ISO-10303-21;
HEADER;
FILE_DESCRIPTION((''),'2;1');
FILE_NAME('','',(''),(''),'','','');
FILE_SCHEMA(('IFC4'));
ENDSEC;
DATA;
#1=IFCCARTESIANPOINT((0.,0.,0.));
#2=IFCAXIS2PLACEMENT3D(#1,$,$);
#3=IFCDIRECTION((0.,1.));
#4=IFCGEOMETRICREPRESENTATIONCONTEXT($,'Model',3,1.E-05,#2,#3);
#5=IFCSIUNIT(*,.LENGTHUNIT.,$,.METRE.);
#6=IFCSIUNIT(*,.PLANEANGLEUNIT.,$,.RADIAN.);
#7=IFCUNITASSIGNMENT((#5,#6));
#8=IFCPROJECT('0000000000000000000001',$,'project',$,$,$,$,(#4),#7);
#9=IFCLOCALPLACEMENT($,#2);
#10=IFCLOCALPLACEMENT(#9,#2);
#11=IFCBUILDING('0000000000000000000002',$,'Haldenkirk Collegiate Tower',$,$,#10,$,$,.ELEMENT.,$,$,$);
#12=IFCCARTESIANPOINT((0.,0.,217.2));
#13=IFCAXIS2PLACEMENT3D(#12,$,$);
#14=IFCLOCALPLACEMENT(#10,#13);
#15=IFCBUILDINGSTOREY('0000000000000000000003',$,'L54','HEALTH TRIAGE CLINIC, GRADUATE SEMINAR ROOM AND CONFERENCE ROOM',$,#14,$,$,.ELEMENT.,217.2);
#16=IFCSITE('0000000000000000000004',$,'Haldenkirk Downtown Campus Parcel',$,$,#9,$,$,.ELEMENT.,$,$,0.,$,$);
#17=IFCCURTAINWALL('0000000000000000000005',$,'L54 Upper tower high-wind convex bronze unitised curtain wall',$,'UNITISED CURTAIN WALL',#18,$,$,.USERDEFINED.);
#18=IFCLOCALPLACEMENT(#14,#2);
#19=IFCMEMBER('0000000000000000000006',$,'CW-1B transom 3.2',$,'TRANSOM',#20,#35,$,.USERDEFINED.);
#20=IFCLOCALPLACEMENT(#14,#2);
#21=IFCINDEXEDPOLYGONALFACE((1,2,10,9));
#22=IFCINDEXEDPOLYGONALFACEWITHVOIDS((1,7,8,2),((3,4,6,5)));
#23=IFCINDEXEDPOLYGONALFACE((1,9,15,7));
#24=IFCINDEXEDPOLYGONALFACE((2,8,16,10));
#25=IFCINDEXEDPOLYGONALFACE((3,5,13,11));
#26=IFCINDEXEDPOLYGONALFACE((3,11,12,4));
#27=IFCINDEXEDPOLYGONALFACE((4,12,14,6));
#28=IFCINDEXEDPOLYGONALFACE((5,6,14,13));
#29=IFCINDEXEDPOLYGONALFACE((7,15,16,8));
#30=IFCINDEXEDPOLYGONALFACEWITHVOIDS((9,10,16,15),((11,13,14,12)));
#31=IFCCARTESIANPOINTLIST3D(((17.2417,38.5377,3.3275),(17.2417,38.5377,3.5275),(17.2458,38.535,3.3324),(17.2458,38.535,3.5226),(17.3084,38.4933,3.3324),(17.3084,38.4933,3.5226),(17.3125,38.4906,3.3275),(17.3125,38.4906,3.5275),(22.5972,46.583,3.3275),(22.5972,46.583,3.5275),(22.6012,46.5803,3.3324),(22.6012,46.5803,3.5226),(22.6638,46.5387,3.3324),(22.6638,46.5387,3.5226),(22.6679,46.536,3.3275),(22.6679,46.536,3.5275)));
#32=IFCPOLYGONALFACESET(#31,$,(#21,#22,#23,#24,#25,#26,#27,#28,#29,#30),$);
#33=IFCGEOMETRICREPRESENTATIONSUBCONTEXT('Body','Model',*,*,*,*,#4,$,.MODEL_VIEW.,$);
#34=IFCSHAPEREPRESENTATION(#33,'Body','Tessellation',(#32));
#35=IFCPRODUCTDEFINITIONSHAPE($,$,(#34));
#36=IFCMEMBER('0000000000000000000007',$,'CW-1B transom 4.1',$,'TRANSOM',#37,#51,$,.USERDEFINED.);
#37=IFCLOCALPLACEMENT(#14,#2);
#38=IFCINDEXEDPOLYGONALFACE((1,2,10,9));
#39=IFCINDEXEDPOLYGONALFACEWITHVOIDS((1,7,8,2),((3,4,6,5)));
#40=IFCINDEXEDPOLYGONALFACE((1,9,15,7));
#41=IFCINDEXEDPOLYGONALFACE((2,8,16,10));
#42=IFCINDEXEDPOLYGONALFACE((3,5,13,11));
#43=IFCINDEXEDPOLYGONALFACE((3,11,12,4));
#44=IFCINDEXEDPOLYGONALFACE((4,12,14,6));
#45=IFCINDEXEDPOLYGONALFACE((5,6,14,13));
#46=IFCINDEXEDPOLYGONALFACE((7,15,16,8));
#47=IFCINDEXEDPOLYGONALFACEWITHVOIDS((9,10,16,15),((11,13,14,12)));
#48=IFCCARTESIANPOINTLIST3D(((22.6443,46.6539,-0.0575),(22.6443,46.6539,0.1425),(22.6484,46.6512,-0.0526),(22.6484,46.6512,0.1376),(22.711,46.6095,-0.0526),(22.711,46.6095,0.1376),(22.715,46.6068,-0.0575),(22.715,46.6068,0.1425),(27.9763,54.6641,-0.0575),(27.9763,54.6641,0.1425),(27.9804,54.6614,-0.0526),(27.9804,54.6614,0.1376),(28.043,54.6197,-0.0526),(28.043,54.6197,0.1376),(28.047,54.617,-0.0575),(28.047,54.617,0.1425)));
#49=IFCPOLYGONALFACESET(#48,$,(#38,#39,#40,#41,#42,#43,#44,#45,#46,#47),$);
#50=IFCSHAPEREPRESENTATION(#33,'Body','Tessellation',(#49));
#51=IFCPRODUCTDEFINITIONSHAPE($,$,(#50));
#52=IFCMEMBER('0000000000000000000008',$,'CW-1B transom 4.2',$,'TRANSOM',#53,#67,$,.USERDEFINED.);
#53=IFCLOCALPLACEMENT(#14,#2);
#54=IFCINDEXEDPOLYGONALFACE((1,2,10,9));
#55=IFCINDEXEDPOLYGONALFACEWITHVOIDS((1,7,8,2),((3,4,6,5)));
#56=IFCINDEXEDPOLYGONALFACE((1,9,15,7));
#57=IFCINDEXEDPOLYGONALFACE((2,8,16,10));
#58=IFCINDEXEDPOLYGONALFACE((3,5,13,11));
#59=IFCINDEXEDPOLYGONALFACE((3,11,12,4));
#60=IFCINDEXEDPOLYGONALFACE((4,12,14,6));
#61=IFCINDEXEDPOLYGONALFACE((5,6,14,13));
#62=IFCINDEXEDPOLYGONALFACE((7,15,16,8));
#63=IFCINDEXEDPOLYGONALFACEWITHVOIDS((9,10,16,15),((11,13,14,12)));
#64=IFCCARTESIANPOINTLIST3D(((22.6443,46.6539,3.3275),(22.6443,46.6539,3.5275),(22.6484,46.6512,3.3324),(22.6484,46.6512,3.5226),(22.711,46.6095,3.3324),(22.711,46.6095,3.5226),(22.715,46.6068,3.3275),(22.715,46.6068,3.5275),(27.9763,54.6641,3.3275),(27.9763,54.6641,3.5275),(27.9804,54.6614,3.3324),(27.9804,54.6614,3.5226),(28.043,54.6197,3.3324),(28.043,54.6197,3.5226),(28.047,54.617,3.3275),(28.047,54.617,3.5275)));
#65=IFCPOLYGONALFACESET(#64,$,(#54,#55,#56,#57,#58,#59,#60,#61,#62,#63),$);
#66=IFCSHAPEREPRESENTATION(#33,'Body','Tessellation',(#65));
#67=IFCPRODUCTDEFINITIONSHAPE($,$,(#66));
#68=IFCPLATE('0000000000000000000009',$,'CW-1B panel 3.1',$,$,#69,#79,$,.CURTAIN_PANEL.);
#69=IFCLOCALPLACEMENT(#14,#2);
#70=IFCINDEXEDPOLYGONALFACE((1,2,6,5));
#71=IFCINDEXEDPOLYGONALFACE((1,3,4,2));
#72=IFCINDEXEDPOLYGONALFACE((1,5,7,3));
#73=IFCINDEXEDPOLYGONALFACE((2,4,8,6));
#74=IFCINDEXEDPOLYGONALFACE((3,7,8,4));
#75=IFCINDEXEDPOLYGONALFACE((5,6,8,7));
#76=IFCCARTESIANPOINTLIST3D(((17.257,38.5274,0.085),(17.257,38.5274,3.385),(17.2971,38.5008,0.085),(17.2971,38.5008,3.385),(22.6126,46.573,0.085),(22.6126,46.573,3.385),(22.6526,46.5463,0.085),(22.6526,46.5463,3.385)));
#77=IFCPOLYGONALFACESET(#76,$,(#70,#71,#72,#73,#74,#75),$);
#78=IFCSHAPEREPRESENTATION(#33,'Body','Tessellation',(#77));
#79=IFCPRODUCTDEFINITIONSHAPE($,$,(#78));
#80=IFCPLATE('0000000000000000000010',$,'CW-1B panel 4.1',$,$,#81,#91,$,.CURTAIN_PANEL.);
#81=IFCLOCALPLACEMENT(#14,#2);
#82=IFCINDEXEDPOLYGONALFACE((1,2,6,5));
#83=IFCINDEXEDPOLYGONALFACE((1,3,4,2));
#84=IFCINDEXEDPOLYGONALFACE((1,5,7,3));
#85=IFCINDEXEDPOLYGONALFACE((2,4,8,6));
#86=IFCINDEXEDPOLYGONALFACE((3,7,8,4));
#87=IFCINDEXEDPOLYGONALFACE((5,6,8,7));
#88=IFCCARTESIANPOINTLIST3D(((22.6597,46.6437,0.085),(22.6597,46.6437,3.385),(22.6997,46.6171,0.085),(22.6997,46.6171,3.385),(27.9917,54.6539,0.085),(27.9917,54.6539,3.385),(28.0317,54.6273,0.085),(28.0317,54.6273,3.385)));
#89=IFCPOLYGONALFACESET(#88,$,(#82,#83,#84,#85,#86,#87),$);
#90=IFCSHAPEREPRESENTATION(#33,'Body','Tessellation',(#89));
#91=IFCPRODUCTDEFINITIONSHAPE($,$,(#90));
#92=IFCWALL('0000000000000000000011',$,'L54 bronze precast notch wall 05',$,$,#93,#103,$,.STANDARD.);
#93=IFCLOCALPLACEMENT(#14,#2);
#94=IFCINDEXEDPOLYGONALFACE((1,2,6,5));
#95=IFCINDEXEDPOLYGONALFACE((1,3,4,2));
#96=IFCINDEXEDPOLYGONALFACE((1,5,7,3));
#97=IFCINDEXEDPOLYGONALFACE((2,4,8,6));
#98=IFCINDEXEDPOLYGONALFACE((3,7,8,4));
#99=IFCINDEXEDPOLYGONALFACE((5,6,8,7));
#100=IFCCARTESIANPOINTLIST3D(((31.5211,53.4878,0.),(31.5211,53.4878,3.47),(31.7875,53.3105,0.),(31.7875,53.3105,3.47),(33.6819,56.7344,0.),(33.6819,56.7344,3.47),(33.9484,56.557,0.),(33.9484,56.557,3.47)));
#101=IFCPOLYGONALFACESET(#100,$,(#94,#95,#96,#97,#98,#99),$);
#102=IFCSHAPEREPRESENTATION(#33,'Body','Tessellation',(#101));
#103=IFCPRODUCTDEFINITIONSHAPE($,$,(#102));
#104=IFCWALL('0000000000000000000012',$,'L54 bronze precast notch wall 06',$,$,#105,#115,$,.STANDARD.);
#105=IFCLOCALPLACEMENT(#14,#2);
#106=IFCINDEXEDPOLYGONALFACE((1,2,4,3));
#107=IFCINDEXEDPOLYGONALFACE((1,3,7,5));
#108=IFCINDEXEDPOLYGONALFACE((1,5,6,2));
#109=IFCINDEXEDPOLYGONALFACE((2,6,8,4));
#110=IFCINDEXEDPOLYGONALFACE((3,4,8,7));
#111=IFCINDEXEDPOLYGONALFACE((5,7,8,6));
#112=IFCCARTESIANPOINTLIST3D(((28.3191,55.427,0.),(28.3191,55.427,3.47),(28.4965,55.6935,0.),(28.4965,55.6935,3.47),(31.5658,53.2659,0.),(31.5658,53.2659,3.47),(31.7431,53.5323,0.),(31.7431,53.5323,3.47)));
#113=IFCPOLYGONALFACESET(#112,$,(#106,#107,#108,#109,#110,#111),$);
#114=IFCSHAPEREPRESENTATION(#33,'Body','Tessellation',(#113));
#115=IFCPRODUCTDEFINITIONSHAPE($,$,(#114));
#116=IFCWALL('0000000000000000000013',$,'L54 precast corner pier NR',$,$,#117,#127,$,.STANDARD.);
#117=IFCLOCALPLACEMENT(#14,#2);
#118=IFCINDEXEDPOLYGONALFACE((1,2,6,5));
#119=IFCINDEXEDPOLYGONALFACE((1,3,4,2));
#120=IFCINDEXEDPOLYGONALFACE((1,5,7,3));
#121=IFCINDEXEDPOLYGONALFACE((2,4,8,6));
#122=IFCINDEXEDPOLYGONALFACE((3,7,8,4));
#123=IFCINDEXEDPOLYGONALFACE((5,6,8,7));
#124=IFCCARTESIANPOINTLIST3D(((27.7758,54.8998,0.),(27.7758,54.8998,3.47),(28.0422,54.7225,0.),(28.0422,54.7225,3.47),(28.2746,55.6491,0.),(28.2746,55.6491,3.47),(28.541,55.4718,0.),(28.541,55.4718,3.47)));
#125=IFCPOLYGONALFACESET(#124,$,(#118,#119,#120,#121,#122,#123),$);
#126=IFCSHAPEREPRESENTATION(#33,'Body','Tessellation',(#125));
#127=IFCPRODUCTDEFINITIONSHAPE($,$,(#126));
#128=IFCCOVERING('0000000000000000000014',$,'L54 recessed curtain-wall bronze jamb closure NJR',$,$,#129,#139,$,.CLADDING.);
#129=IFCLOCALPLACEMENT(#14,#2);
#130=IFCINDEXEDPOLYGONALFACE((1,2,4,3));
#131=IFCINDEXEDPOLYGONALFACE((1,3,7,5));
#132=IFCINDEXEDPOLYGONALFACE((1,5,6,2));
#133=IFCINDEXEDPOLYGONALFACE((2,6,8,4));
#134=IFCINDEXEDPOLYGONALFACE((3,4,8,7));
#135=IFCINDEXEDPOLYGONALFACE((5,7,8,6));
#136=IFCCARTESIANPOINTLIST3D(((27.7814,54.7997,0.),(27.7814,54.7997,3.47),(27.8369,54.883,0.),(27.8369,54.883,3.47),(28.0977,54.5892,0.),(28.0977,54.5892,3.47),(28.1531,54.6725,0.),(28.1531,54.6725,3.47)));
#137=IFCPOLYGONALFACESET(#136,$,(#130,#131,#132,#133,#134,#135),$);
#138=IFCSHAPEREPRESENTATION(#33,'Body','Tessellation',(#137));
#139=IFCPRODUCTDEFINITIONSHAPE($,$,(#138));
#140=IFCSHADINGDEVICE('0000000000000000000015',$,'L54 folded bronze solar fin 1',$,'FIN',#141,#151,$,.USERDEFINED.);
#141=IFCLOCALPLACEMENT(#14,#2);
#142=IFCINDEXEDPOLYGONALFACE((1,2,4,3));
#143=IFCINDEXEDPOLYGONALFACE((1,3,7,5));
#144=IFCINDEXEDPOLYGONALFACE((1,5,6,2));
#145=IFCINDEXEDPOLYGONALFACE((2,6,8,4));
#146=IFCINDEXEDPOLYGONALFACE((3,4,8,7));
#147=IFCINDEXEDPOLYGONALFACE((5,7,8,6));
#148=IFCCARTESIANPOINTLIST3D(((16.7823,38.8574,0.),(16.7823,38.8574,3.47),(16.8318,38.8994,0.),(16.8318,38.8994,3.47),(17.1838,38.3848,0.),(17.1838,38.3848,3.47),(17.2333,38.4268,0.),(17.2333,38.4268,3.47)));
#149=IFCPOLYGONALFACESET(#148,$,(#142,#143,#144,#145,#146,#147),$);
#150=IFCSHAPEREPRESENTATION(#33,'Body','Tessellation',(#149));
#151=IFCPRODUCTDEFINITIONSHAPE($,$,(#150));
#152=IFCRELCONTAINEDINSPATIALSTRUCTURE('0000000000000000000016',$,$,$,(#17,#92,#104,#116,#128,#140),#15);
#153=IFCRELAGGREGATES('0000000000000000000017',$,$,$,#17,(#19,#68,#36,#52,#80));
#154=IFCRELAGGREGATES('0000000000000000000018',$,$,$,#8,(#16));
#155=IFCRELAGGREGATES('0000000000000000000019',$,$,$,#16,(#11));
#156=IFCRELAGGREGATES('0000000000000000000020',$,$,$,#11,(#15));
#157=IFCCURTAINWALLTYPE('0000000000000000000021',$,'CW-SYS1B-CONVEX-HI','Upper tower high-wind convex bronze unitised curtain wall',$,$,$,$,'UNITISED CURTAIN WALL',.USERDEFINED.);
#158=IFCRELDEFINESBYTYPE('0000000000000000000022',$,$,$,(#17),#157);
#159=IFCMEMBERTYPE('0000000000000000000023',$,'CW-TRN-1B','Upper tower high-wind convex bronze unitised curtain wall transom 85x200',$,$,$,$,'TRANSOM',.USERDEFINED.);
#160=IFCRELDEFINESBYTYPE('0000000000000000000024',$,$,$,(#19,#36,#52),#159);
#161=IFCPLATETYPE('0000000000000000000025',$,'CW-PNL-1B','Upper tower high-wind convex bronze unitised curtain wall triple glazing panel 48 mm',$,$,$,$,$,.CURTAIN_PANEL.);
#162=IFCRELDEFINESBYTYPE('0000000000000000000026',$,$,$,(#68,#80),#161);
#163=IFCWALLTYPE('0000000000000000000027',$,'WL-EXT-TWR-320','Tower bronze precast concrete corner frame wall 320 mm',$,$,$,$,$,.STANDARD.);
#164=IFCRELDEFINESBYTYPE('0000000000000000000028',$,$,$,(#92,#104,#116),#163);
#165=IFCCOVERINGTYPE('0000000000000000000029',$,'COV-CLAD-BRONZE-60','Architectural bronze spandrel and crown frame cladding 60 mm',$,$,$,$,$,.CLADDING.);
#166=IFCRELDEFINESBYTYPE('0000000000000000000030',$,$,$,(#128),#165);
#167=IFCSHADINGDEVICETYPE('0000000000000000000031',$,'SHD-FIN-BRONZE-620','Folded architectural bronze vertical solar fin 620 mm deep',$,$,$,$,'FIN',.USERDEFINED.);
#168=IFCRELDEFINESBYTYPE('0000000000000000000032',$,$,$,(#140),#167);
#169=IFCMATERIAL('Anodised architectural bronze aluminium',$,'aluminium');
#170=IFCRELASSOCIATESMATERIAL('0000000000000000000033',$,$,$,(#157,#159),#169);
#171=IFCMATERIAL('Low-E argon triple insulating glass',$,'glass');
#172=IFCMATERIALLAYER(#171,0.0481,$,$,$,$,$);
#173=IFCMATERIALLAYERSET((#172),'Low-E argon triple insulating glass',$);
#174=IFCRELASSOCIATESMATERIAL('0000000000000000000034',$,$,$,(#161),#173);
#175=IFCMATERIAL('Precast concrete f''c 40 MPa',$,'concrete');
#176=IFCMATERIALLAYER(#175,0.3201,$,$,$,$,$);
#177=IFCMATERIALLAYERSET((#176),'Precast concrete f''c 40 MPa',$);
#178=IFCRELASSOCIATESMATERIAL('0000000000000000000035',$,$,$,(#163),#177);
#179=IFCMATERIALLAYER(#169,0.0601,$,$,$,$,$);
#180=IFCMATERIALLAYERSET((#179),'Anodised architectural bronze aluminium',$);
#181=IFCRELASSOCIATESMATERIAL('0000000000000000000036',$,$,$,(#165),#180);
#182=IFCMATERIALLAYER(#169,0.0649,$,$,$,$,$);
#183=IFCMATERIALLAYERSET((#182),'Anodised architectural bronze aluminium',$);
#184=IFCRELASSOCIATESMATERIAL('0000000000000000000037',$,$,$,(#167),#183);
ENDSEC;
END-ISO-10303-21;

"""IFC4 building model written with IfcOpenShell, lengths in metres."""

from ifc_helpers import new_model, si_unit, direction, frame, frame_2d, origin, origin_2d, place, context, subcontext, project, spatial, rectangle, hollow_rectangle, extrude, source, transform, mapped, material, layer, layer_set, material_profile, profile_set, type_object, element, aggregate, save


model = new_model("IFC4")

# Units and contexts
model_context = context("Model", 3, precision=1e-05, world=origin(), true_north=direction((0.0, 1.0)))
body_context = subcontext(model_context, "Body", "Model", "MODEL_VIEW")
ifc_project = project(units=[si_unit("LENGTHUNIT", "METRE"), si_unit("PLANEANGLEUNIT", "RADIAN")], contexts=[model_context])

# Site, building, storey
site_placement = place(None, origin())
site = spatial("IfcSite", under=ifc_project, at=site_placement, Name="Haldenkirk Downtown Campus Parcel", CompositionType="ELEMENT", RefElevation=0.0)
building_placement = place(site_placement, origin())
building = spatial("IfcBuilding", under=site, at=building_placement, Name="Haldenkirk Collegiate Tower", CompositionType="ELEMENT")
storey_placement = place(building_placement, frame((0.0, 0.0, 217.2)))
storey = spatial("IfcBuildingStorey", under=building, at=storey_placement, Name="L54", Description="HEALTH TRIAGE CLINIC, GRADUATE SEMINAR ROOM AND CONFERENCE ROOM", CompositionType="ELEMENT", Elevation=217.2)

# Curtain wall, members, plates
ifc_material_1 = material(Name="Anodised architectural bronze aluminium", Category="aluminium")
curtain_wall_type = type_object("IfcCurtainWallType", Name="CW-SYS1B-CONVEX-HI", Description="Upper tower high-wind convex bronze unitised curtain wall", ElementType="UNITISED CURTAIN WALL", PredefinedType="USERDEFINED", material=ifc_material_1)
curtain_wall_placement = place(storey_placement, origin())
curtain_wall = element("IfcCurtainWall", 1, at=curtain_wall_placement, inside=storey, type_object=curtain_wall_type, Name="L54 Upper tower high-wind convex bronze unitised curtain wall", ObjectType="UNITISED CURTAIN WALL", PredefinedType="USERDEFINED")
ifc_material_profile_1 = material_profile(ifc_material_1, hollow_rectangle(XDim=0.085, YDim=0.2, WallThickness=0.0049, at=origin_2d()), Name="CW-TRN-1B")
ifc_profile_set_1 = profile_set([ifc_material_profile_1], Name="Anodised architectural bronze aluminium")
member_type_1 = type_object("IfcMemberType", Name="CW-TRN-1B", Description="Upper tower high-wind convex bronze unitised curtain wall transom 85x200", ElementType="TRANSOM", PredefinedType="USERDEFINED", material=ifc_profile_set_1)
member_1_placement = place(storey_placement, frame((17.2771, 38.5142, 3.4275), z_axis=(0.554117, 0.832439, 0.0), x_axis=(-0.832439, 0.554117, 0.0)))
member_1 = element("IfcMember", 2, at=member_1_placement, type_object=member_type_1, Name="CW-1B transom 3.2", ObjectType="TRANSOM", PredefinedType="USERDEFINED", context=body_context, shape_type="SweptSolid", body=[
    extrude(hollow_rectangle(XDim=0.085, YDim=0.2, WallThickness=0.0049, at=origin_2d()), origin(), (0.0, 0.0, 1.0), 9.6648),
])
member_2_placement = place(storey_placement, frame((22.6797, 46.6304, 0.0425), z_axis=(0.554115, 0.83244, 0.0), x_axis=(-0.83244, 0.554115, 0.0)))
member_2 = element("IfcMember", 3, at=member_2_placement, type_object=member_type_1, Name="CW-1B transom 4.1", ObjectType="TRANSOM", PredefinedType="USERDEFINED", context=body_context, shape_type="SweptSolid", body=[
    extrude(hollow_rectangle(XDim=0.085, YDim=0.2, WallThickness=0.0049, at=origin_2d()), origin(), (0.0, 0.0, 1.0), 9.6226),
])
member_3_placement = place(storey_placement, frame((22.6797, 46.6304, 3.4275), z_axis=(0.554115, 0.83244, 0.0), x_axis=(-0.83244, 0.554115, 0.0)))
member_3 = element("IfcMember", 4, at=member_3_placement, type_object=member_type_1, Name="CW-1B transom 4.2", ObjectType="TRANSOM", PredefinedType="USERDEFINED", context=body_context, shape_type="SweptSolid", body=[
    extrude(hollow_rectangle(XDim=0.085, YDim=0.2, WallThickness=0.0049, at=origin_2d()), origin(), (0.0, 0.0, 1.0), 9.6226),
])
ifc_material_2 = material(Name="Low-E argon triple insulating glass", Category="glass")
ifc_layer_1 = layer(ifc_material_2, 0.0481)
ifc_layer_set_1 = layer_set([ifc_layer_1], Name="Low-E argon triple insulating glass")
plate_type = type_object("IfcPlateType", Name="CW-PNL-1B", Description="Upper tower high-wind convex bronze unitised curtain wall triple glazing panel 48 mm", PredefinedType="CURTAIN_PANEL", material=ifc_layer_set_1)
shared_shape_1 = source(origin(), body_context, "Body", "SweptSolid", [
    extrude(rectangle(XDim=9.665, YDim=0.0481, at=origin_2d()), origin(), (0.0, 0.0, 1.0), 3.3),
])
plate_1_placement = place(storey_placement, frame((19.9548, 42.5369, 0.085), z_axis=(0.0, 0.0, 1.0), x_axis=(0.55412, 0.832437, 0.0)))
plate_1 = element("IfcPlate", 5, at=plate_1_placement, type_object=plate_type, Name="CW-1B panel 3.1", PredefinedType="CURTAIN_PANEL", context=body_context, shape_type="MappedRepresentation", body=[
    mapped(shared_shape_1, transform((0.0, 0.0, 0.0), x_axis=(1.0, 0.0, 0.0), y_axis=(0.0, 1.0, 0.0), z_axis=(0.0, 0.0, 1.0), scale=1.0)),
])
shared_shape_2 = source(origin(), body_context, "Body", "SweptSolid", [
    extrude(rectangle(XDim=9.6226, YDim=0.0481, at=origin_2d()), origin(), (0.0, 0.0, 1.0), 3.3),
])
plate_2_placement = place(storey_placement, frame((25.3457, 50.6355, 0.085), z_axis=(0.0, 0.0, 1.0), x_axis=(0.55412, 0.832437, 0.0)))
plate_2 = element("IfcPlate", 6, at=plate_2_placement, type_object=plate_type, Name="CW-1B panel 4.1", PredefinedType="CURTAIN_PANEL", context=body_context, shape_type="MappedRepresentation", body=[
    mapped(shared_shape_2, transform((0.0, 0.0, 0.0), x_axis=(1.0, 0.0, 0.0), y_axis=(0.0, 1.0, 0.0), z_axis=(0.0, 0.0, 1.0), scale=1.0)),
])
aggregate(curtain_wall, [member_1, plate_1, member_2, member_3, plate_2])

# Walls
ifc_material_3 = material(Name="Precast concrete f'c 40 MPa", Category="concrete")
ifc_layer_2 = layer(ifc_material_3, 0.3201)
ifc_layer_set_2 = layer_set([ifc_layer_2], Name="Precast concrete f'c 40 MPa")
wall_type = type_object("IfcWallType", Name="WL-EXT-TWR-320", Description="Tower bronze precast concrete corner frame wall 320 mm", PredefinedType="STANDARD", material=ifc_layer_set_2)
wall_1_placement = place(storey_placement, frame((31.6543, 53.3992, 0.0), z_axis=(0.0, 0.0, 1.0), x_axis=(0.554079, 0.832464, 0.0)))
element("IfcWall", 7, at=wall_1_placement, inside=storey, type_object=wall_type, Name="L54 bronze precast notch wall 05", PredefinedType="STANDARD", context=body_context, shape_type="SweptSolid", body=[
    extrude(rectangle(XDim=3.8999, YDim=0.3201, at=frame_2d((1.95, 0.0))), origin(), (0.0, 0.0, 1.0), 3.47),
])
wall_2_placement = place(storey_placement, frame((28.4077, 55.5603, 0.0), z_axis=(0.0, 0.0, 1.0), x_axis=(0.832435, -0.554122, 0.0)))
element("IfcWall", 8, at=wall_2_placement, inside=storey, type_object=wall_type, Name="L54 bronze precast notch wall 06", PredefinedType="STANDARD", context=body_context, shape_type="SweptSolid", body=[
    extrude(rectangle(XDim=3.9001, YDim=0.3201, at=frame_2d((1.9502, 0.0))), origin(), (0.0, 0.0, 1.0), 3.47),
])
wall_3_placement = place(storey_placement, frame((27.9089, 54.811, 0.0), z_axis=(0.0, 0.0, 1.0), x_axis=(0.554137, 0.832426, 0.0)))
element("IfcWall", 9, at=wall_3_placement, inside=storey, type_object=wall_type, Name="L54 precast corner pier NR", PredefinedType="STANDARD", context=body_context, shape_type="SweptSolid", body=[
    extrude(rectangle(XDim=0.9001, YDim=0.3201, at=frame_2d((0.4502, 0.0))), origin(), (0.0, 0.0, 1.0), 3.47),
])

# Covering
ifc_layer_3 = layer(ifc_material_1, 0.0601)
ifc_layer_set_3 = layer_set([ifc_layer_3], Name="Anodised architectural bronze aluminium")
covering_type = type_object("IfcCoveringType", Name="COV-CLAD-BRONZE-60", Description="Architectural bronze spandrel and crown frame cladding 60 mm", PredefinedType="CLADDING", material=ifc_layer_set_3)
shared_shape_3 = source(origin(), body_context, "Body", "SweptSolid", [
    extrude(rectangle(XDim=0.1001, YDim=0.3799, at=origin_2d()), origin(), (0.0, 0.0, 1.0), 3.47),
])
covering_placement = place(storey_placement, frame((27.9673, 54.7361, 0.0), z_axis=(0.0, 0.0, 1.0), x_axis=(0.554118, 0.832438, 0.0)))
element("IfcCovering", 10, at=covering_placement, inside=storey, type_object=covering_type, Name="L54 recessed curtain-wall bronze jamb closure NJR", PredefinedType="CLADDING", context=body_context, shape_type="MappedRepresentation", body=[
    mapped(shared_shape_3, transform((0.0, 0.0, 0.0), x_axis=(1.0, 0.0, 0.0), y_axis=(0.0, 1.0, 0.0), z_axis=(0.0, 0.0, 1.0), scale=1.0)),
])

# Shading device
ifc_layer_4 = layer(ifc_material_1, 0.0649)
ifc_layer_set_4 = layer_set([ifc_layer_4], Name="Anodised architectural bronze aluminium")
shading_device_type = type_object("IfcShadingDeviceType", Name="SHD-FIN-BRONZE-620", Description="Folded architectural bronze vertical solar fin 620 mm deep", ElementType="FIN", PredefinedType="USERDEFINED", material=ifc_layer_set_4)
shared_shape_4 = source(origin(), body_context, "Body", "SweptSolid", [
    extrude(rectangle(XDim=0.6201, YDim=0.0649, at=origin_2d()), origin(), (0.0, 0.0, 1.0), 3.47),
])
shading_device_placement = place(storey_placement, frame((17.0078, 38.6421, 0.0), z_axis=(0.0, 0.0, 1.0), x_axis=(-0.647455, 0.762104, 0.0)))
element("IfcShadingDevice", 11, at=shading_device_placement, inside=storey, type_object=shading_device_type, Name="L54 folded bronze solar fin 1", ObjectType="FIN", PredefinedType="USERDEFINED", context=body_context, shape_type="MappedRepresentation", body=[
    mapped(shared_shape_4, transform((0.0, 0.0, 0.0), x_axis=(1.0, 0.0, 0.0), y_axis=(0.0, 1.0, 0.0), z_axis=(0.0, 0.0, 1.0), scale=1.0)),
])

save(model, "model.ifc")
